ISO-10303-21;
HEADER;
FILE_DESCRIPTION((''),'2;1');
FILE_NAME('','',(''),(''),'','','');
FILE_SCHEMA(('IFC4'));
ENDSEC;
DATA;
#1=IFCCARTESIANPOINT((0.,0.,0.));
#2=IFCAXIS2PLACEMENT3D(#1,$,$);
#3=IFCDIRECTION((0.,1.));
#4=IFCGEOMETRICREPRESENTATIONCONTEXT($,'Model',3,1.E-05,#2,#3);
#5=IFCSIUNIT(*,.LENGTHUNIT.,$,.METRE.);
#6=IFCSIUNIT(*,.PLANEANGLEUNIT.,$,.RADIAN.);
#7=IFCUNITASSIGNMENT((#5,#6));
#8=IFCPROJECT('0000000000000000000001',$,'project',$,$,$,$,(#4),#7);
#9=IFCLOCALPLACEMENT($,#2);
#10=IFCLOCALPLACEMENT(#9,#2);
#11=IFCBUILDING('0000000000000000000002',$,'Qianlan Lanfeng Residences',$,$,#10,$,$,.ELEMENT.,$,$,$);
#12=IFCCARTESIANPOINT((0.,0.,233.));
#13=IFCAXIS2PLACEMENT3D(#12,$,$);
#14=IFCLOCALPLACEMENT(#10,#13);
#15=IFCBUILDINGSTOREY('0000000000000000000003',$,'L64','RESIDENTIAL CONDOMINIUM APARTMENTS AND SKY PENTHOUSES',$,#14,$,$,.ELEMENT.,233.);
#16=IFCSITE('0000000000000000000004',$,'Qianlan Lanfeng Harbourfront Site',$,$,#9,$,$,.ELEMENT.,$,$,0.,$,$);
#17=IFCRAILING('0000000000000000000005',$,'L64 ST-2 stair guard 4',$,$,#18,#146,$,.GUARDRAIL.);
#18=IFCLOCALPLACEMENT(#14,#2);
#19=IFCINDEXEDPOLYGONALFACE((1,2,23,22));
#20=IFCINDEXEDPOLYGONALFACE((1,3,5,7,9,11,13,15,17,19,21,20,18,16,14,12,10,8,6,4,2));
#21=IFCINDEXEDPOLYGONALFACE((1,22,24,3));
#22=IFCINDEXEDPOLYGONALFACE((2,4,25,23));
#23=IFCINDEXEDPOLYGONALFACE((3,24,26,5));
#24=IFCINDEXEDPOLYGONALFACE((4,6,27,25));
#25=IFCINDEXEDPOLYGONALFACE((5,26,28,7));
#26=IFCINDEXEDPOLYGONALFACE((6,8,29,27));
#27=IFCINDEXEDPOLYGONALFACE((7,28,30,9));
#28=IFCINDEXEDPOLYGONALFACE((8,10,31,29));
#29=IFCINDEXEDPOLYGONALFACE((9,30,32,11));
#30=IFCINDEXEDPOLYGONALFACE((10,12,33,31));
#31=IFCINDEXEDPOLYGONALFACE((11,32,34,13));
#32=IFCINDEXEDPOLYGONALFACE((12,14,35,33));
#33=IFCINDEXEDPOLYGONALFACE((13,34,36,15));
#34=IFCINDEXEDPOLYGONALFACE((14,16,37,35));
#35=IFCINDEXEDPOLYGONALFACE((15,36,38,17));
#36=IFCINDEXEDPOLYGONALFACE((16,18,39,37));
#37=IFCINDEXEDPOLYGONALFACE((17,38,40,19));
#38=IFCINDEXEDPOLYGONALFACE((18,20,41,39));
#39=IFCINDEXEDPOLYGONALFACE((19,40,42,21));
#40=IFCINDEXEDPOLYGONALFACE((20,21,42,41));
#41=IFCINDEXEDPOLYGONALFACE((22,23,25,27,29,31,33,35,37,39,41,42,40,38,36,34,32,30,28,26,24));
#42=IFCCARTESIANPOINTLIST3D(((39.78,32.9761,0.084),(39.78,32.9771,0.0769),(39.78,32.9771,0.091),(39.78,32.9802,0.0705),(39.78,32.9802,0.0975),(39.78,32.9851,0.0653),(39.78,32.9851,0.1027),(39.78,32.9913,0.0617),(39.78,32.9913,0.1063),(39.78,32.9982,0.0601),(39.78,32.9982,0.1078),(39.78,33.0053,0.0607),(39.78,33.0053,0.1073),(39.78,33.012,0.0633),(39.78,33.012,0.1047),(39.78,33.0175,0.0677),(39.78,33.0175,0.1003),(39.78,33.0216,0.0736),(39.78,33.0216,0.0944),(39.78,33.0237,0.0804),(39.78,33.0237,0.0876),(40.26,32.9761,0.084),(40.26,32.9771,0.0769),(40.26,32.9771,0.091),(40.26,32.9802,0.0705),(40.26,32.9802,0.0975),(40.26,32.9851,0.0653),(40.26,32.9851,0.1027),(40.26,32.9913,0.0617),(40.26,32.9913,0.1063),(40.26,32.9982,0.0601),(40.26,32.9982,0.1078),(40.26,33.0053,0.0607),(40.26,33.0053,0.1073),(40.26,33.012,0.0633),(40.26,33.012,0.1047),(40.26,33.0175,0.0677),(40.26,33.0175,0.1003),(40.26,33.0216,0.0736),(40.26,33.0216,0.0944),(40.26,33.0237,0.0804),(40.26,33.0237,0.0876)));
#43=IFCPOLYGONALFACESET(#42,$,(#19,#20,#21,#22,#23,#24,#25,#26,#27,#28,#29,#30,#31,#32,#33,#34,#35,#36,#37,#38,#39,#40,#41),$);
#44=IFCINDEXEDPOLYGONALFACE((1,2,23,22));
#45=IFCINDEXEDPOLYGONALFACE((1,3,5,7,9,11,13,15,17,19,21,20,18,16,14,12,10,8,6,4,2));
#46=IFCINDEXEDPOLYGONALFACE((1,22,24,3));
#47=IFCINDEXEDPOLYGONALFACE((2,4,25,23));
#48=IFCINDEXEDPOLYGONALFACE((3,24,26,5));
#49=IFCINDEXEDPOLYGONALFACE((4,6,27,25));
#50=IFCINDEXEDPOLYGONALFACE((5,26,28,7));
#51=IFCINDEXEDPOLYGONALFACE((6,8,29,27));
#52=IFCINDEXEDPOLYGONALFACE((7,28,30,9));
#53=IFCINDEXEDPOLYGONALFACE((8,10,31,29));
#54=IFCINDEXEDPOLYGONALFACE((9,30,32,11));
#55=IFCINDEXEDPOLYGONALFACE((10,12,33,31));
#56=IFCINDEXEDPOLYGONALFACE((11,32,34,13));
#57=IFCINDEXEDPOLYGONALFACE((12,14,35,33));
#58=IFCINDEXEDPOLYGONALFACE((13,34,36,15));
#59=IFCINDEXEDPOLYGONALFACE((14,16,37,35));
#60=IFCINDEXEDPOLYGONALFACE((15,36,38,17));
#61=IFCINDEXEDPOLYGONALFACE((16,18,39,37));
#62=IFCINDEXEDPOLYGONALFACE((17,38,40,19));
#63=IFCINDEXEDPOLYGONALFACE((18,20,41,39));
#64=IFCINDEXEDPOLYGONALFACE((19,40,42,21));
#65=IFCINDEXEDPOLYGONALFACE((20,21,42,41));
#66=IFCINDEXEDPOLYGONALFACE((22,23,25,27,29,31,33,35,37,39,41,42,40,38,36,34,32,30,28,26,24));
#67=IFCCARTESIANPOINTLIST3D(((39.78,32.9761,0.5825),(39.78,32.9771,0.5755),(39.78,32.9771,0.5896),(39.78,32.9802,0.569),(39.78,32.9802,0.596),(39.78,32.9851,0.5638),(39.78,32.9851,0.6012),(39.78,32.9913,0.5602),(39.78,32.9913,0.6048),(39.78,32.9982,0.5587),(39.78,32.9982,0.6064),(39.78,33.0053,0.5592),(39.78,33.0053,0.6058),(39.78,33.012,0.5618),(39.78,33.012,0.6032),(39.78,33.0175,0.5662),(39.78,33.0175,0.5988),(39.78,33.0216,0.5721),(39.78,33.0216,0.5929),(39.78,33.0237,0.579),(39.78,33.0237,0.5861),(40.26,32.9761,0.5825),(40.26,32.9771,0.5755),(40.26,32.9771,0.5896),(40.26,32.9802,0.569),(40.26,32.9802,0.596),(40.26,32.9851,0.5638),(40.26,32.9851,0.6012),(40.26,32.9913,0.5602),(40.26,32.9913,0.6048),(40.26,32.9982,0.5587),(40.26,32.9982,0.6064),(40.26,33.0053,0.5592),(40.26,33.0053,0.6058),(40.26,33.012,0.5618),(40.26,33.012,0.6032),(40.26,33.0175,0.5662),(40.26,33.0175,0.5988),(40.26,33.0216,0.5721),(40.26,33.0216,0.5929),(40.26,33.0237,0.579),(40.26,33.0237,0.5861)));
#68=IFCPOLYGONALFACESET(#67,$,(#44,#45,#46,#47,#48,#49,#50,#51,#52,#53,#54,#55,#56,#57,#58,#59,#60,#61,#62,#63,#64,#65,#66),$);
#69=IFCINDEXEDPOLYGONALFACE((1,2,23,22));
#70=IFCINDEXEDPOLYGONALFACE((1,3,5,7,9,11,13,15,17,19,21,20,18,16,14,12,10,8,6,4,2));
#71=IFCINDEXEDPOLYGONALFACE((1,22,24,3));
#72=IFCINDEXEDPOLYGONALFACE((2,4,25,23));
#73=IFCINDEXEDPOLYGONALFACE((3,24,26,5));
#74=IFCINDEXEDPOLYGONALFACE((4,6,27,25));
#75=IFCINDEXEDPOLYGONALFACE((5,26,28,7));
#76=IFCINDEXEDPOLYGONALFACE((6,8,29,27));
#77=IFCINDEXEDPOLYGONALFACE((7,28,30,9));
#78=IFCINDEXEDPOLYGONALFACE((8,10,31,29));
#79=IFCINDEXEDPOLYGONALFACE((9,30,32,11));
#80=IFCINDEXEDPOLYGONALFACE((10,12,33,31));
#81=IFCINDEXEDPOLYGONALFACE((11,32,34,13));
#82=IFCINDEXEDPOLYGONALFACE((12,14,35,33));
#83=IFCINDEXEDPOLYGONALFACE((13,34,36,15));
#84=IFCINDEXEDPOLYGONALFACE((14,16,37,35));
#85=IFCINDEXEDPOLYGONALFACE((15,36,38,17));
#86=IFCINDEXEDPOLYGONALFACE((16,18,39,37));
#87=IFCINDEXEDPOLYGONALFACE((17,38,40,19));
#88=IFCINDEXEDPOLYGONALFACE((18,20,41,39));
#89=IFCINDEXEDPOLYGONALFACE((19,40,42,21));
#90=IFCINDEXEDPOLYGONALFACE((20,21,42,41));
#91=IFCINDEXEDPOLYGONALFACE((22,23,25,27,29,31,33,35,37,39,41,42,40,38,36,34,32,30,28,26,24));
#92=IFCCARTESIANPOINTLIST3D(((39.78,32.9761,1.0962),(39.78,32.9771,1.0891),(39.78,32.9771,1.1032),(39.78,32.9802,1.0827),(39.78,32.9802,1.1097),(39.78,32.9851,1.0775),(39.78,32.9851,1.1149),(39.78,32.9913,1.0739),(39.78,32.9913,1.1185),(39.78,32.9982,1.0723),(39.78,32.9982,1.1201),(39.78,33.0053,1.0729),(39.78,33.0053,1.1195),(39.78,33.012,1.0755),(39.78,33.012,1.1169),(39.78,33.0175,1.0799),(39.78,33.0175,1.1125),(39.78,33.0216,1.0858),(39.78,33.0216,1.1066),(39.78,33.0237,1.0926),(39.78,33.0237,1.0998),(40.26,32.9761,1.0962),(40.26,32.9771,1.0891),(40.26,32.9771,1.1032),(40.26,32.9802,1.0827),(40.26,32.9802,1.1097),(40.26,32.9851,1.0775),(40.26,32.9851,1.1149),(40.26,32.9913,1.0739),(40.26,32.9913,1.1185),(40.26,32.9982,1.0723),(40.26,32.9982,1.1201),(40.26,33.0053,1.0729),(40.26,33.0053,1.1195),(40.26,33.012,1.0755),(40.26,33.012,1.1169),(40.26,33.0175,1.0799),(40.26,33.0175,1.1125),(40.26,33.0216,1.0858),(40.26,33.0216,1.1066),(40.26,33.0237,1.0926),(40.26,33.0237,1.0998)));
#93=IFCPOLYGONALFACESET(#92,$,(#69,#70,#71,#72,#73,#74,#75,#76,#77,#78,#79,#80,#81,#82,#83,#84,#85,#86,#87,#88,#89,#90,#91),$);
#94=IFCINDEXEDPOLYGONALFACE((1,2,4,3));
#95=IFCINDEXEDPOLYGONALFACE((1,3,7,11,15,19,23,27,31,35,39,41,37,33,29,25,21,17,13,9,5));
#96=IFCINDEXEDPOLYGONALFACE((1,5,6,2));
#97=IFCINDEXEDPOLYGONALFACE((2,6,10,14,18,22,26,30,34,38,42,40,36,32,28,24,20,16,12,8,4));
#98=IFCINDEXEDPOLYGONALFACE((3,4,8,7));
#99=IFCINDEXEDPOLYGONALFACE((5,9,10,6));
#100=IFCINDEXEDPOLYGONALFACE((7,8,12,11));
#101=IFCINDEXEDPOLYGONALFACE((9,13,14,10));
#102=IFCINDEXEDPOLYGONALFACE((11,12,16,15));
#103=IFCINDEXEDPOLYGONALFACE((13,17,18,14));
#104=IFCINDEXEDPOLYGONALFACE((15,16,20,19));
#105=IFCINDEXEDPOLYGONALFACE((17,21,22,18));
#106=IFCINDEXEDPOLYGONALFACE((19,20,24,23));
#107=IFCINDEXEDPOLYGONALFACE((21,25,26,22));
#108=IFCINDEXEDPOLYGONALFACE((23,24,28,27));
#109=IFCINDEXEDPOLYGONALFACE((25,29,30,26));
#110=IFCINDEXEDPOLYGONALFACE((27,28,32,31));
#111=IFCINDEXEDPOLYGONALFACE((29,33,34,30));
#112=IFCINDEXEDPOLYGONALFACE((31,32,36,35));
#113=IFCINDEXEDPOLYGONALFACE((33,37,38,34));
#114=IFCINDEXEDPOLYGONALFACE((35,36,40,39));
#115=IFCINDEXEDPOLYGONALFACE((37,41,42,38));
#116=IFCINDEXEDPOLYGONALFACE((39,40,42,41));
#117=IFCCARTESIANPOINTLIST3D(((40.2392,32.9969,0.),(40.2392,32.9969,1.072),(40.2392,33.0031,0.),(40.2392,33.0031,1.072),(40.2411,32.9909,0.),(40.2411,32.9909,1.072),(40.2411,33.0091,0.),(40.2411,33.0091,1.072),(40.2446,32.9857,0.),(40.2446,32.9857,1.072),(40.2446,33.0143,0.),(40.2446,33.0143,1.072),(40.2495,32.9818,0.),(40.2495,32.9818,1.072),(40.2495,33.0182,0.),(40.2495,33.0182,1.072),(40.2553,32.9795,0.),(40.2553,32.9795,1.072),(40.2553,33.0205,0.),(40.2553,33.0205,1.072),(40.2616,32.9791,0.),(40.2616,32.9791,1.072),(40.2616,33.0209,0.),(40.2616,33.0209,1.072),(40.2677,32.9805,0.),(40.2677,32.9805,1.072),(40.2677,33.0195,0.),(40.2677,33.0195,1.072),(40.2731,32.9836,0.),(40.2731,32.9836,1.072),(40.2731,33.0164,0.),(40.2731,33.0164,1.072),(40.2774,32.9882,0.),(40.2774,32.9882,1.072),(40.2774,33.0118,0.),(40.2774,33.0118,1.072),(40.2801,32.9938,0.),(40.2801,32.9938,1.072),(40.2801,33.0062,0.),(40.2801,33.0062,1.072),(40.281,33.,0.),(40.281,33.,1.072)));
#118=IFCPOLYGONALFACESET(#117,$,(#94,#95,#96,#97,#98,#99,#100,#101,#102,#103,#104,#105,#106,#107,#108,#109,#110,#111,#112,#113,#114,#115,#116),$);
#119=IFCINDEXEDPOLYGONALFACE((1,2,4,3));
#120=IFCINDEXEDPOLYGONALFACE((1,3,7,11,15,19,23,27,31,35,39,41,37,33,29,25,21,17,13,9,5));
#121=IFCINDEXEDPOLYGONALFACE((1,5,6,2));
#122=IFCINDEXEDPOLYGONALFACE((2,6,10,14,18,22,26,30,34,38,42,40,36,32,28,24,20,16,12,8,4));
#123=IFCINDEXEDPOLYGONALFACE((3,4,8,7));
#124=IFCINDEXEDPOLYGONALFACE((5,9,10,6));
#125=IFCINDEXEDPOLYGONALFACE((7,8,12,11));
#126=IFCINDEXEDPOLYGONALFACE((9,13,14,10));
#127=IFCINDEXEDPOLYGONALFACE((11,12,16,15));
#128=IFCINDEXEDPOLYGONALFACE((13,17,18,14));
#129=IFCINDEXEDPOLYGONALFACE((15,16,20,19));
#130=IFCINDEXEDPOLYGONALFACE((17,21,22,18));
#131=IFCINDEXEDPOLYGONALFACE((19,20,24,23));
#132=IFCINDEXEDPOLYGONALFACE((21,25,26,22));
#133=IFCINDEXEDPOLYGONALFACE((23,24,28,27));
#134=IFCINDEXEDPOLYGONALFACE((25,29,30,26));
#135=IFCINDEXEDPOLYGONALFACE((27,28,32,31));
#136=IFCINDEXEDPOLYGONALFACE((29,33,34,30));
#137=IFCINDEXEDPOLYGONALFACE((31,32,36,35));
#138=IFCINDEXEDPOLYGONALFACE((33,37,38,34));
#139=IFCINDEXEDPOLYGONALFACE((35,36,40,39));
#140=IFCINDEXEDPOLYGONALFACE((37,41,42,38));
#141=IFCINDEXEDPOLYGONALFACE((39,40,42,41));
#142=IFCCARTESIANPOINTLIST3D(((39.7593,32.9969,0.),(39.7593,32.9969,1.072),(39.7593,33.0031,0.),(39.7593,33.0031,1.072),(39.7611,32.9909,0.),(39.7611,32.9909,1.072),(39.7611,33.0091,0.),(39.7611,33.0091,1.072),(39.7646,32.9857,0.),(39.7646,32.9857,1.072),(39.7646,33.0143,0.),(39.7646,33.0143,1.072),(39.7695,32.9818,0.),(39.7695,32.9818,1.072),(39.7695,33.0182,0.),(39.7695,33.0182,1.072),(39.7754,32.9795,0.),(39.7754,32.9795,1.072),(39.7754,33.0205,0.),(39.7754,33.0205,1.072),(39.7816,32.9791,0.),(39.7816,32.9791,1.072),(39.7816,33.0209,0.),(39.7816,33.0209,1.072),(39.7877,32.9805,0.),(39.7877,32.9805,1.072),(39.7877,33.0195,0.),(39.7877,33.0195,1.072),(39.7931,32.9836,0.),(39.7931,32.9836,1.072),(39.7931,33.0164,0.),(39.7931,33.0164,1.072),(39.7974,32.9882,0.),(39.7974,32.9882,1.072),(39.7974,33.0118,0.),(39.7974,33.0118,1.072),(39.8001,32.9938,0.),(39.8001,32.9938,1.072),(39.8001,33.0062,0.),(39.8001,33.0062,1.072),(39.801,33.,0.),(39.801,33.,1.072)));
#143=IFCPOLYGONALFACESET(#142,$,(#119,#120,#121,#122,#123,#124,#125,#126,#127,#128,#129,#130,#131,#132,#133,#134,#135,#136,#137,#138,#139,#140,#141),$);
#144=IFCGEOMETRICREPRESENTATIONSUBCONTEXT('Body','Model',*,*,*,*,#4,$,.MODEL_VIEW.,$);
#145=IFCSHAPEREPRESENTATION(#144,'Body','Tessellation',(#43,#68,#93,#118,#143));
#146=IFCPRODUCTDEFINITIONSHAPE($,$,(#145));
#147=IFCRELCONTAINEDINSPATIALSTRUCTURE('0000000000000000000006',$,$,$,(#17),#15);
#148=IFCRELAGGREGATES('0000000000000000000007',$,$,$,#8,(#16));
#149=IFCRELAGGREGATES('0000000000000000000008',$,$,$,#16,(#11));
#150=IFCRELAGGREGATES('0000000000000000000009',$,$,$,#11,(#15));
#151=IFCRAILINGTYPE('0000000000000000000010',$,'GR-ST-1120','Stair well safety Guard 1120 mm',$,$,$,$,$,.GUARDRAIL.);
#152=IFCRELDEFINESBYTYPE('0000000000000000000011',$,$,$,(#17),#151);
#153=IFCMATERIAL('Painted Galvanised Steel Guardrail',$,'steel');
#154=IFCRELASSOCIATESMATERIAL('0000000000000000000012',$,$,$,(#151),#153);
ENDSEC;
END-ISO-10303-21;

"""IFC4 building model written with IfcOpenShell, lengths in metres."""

from ifc_helpers import new_model, si_unit, direction, frame, origin, origin_2d, place, context, subcontext, project, spatial, circle, extrude, material, type_object, element, save


model = new_model("IFC4")

# Units and contexts
model_context = context("Model", 3, precision=1e-05, world=origin(), true_north=direction((0.0, 1.0)))
body_context = subcontext(model_context, "Body", "Model", "MODEL_VIEW")
ifc_project = project(units=[si_unit("LENGTHUNIT", "METRE"), si_unit("PLANEANGLEUNIT", "RADIAN")], contexts=[model_context])

# Site, building, storey
site_placement = place(None, origin())
site = spatial("IfcSite", under=ifc_project, at=site_placement, Name="Qianlan Lanfeng Harbourfront Site", CompositionType="ELEMENT", RefElevation=0.0)
building_placement = place(site_placement, origin())
building = spatial("IfcBuilding", under=site, at=building_placement, Name="Qianlan Lanfeng Residences", CompositionType="ELEMENT")
storey_placement = place(building_placement, frame((0.0, 0.0, 233.0)))
storey = spatial("IfcBuildingStorey", under=building, at=storey_placement, Name="L64", Description="RESIDENTIAL CONDOMINIUM APARTMENTS AND SKY PENTHOUSES", CompositionType="ELEMENT", Elevation=233.0)

# Railing
ifc_material_1 = material(Name="Painted Galvanised Steel Guardrail", Category="steel")
railing_type_1 = type_object("IfcRailingType", Name="GR-ST-1120", Description="Stair well safety Guard 1120 mm", PredefinedType="GUARDRAIL", material=ifc_material_1)
railing_1_placement = place(storey_placement, frame((40.26, 33.0, 0.0)))
element("IfcRailing", 1, at=railing_1_placement, inside=storey, type_object=railing_type_1, Name="L64 ST-2 stair guard 4", PredefinedType="GUARDRAIL", context=body_context, shape_type="SweptSolid", body=[
    extrude(circle(Radius=0.0239, at=origin_2d()), frame((0.0, 0.0, 0.084), z_axis=(-1.0, 0.0, 0.0), x_axis=(0.0, -1.0, 0.0)), (0.0, 0.0, 1.0), 0.48),
    extrude(circle(Radius=0.0239, at=origin_2d()), frame((0.0, 0.0, 0.5825), z_axis=(-1.0, 0.0, 0.0), x_axis=(0.0, -1.0, 0.0)), (0.0, 0.0, 1.0), 0.48),
    extrude(circle(Radius=0.0239, at=origin_2d()), frame((0.0, 0.0, 1.0962), z_axis=(-1.0, 0.0, 0.0), x_axis=(0.0, -1.0, 0.0)), (0.0, 0.0, 1.0), 0.48),
    extrude(circle(Radius=0.021, at=origin_2d()), origin(), (0.0, 0.0, 1.0), 1.072),
    extrude(circle(Radius=0.021, at=origin_2d()), frame((-0.48, 0.0, 0.0)), (0.0, 0.0, 1.0), 1.072),
])

save(model, "model.ifc")
